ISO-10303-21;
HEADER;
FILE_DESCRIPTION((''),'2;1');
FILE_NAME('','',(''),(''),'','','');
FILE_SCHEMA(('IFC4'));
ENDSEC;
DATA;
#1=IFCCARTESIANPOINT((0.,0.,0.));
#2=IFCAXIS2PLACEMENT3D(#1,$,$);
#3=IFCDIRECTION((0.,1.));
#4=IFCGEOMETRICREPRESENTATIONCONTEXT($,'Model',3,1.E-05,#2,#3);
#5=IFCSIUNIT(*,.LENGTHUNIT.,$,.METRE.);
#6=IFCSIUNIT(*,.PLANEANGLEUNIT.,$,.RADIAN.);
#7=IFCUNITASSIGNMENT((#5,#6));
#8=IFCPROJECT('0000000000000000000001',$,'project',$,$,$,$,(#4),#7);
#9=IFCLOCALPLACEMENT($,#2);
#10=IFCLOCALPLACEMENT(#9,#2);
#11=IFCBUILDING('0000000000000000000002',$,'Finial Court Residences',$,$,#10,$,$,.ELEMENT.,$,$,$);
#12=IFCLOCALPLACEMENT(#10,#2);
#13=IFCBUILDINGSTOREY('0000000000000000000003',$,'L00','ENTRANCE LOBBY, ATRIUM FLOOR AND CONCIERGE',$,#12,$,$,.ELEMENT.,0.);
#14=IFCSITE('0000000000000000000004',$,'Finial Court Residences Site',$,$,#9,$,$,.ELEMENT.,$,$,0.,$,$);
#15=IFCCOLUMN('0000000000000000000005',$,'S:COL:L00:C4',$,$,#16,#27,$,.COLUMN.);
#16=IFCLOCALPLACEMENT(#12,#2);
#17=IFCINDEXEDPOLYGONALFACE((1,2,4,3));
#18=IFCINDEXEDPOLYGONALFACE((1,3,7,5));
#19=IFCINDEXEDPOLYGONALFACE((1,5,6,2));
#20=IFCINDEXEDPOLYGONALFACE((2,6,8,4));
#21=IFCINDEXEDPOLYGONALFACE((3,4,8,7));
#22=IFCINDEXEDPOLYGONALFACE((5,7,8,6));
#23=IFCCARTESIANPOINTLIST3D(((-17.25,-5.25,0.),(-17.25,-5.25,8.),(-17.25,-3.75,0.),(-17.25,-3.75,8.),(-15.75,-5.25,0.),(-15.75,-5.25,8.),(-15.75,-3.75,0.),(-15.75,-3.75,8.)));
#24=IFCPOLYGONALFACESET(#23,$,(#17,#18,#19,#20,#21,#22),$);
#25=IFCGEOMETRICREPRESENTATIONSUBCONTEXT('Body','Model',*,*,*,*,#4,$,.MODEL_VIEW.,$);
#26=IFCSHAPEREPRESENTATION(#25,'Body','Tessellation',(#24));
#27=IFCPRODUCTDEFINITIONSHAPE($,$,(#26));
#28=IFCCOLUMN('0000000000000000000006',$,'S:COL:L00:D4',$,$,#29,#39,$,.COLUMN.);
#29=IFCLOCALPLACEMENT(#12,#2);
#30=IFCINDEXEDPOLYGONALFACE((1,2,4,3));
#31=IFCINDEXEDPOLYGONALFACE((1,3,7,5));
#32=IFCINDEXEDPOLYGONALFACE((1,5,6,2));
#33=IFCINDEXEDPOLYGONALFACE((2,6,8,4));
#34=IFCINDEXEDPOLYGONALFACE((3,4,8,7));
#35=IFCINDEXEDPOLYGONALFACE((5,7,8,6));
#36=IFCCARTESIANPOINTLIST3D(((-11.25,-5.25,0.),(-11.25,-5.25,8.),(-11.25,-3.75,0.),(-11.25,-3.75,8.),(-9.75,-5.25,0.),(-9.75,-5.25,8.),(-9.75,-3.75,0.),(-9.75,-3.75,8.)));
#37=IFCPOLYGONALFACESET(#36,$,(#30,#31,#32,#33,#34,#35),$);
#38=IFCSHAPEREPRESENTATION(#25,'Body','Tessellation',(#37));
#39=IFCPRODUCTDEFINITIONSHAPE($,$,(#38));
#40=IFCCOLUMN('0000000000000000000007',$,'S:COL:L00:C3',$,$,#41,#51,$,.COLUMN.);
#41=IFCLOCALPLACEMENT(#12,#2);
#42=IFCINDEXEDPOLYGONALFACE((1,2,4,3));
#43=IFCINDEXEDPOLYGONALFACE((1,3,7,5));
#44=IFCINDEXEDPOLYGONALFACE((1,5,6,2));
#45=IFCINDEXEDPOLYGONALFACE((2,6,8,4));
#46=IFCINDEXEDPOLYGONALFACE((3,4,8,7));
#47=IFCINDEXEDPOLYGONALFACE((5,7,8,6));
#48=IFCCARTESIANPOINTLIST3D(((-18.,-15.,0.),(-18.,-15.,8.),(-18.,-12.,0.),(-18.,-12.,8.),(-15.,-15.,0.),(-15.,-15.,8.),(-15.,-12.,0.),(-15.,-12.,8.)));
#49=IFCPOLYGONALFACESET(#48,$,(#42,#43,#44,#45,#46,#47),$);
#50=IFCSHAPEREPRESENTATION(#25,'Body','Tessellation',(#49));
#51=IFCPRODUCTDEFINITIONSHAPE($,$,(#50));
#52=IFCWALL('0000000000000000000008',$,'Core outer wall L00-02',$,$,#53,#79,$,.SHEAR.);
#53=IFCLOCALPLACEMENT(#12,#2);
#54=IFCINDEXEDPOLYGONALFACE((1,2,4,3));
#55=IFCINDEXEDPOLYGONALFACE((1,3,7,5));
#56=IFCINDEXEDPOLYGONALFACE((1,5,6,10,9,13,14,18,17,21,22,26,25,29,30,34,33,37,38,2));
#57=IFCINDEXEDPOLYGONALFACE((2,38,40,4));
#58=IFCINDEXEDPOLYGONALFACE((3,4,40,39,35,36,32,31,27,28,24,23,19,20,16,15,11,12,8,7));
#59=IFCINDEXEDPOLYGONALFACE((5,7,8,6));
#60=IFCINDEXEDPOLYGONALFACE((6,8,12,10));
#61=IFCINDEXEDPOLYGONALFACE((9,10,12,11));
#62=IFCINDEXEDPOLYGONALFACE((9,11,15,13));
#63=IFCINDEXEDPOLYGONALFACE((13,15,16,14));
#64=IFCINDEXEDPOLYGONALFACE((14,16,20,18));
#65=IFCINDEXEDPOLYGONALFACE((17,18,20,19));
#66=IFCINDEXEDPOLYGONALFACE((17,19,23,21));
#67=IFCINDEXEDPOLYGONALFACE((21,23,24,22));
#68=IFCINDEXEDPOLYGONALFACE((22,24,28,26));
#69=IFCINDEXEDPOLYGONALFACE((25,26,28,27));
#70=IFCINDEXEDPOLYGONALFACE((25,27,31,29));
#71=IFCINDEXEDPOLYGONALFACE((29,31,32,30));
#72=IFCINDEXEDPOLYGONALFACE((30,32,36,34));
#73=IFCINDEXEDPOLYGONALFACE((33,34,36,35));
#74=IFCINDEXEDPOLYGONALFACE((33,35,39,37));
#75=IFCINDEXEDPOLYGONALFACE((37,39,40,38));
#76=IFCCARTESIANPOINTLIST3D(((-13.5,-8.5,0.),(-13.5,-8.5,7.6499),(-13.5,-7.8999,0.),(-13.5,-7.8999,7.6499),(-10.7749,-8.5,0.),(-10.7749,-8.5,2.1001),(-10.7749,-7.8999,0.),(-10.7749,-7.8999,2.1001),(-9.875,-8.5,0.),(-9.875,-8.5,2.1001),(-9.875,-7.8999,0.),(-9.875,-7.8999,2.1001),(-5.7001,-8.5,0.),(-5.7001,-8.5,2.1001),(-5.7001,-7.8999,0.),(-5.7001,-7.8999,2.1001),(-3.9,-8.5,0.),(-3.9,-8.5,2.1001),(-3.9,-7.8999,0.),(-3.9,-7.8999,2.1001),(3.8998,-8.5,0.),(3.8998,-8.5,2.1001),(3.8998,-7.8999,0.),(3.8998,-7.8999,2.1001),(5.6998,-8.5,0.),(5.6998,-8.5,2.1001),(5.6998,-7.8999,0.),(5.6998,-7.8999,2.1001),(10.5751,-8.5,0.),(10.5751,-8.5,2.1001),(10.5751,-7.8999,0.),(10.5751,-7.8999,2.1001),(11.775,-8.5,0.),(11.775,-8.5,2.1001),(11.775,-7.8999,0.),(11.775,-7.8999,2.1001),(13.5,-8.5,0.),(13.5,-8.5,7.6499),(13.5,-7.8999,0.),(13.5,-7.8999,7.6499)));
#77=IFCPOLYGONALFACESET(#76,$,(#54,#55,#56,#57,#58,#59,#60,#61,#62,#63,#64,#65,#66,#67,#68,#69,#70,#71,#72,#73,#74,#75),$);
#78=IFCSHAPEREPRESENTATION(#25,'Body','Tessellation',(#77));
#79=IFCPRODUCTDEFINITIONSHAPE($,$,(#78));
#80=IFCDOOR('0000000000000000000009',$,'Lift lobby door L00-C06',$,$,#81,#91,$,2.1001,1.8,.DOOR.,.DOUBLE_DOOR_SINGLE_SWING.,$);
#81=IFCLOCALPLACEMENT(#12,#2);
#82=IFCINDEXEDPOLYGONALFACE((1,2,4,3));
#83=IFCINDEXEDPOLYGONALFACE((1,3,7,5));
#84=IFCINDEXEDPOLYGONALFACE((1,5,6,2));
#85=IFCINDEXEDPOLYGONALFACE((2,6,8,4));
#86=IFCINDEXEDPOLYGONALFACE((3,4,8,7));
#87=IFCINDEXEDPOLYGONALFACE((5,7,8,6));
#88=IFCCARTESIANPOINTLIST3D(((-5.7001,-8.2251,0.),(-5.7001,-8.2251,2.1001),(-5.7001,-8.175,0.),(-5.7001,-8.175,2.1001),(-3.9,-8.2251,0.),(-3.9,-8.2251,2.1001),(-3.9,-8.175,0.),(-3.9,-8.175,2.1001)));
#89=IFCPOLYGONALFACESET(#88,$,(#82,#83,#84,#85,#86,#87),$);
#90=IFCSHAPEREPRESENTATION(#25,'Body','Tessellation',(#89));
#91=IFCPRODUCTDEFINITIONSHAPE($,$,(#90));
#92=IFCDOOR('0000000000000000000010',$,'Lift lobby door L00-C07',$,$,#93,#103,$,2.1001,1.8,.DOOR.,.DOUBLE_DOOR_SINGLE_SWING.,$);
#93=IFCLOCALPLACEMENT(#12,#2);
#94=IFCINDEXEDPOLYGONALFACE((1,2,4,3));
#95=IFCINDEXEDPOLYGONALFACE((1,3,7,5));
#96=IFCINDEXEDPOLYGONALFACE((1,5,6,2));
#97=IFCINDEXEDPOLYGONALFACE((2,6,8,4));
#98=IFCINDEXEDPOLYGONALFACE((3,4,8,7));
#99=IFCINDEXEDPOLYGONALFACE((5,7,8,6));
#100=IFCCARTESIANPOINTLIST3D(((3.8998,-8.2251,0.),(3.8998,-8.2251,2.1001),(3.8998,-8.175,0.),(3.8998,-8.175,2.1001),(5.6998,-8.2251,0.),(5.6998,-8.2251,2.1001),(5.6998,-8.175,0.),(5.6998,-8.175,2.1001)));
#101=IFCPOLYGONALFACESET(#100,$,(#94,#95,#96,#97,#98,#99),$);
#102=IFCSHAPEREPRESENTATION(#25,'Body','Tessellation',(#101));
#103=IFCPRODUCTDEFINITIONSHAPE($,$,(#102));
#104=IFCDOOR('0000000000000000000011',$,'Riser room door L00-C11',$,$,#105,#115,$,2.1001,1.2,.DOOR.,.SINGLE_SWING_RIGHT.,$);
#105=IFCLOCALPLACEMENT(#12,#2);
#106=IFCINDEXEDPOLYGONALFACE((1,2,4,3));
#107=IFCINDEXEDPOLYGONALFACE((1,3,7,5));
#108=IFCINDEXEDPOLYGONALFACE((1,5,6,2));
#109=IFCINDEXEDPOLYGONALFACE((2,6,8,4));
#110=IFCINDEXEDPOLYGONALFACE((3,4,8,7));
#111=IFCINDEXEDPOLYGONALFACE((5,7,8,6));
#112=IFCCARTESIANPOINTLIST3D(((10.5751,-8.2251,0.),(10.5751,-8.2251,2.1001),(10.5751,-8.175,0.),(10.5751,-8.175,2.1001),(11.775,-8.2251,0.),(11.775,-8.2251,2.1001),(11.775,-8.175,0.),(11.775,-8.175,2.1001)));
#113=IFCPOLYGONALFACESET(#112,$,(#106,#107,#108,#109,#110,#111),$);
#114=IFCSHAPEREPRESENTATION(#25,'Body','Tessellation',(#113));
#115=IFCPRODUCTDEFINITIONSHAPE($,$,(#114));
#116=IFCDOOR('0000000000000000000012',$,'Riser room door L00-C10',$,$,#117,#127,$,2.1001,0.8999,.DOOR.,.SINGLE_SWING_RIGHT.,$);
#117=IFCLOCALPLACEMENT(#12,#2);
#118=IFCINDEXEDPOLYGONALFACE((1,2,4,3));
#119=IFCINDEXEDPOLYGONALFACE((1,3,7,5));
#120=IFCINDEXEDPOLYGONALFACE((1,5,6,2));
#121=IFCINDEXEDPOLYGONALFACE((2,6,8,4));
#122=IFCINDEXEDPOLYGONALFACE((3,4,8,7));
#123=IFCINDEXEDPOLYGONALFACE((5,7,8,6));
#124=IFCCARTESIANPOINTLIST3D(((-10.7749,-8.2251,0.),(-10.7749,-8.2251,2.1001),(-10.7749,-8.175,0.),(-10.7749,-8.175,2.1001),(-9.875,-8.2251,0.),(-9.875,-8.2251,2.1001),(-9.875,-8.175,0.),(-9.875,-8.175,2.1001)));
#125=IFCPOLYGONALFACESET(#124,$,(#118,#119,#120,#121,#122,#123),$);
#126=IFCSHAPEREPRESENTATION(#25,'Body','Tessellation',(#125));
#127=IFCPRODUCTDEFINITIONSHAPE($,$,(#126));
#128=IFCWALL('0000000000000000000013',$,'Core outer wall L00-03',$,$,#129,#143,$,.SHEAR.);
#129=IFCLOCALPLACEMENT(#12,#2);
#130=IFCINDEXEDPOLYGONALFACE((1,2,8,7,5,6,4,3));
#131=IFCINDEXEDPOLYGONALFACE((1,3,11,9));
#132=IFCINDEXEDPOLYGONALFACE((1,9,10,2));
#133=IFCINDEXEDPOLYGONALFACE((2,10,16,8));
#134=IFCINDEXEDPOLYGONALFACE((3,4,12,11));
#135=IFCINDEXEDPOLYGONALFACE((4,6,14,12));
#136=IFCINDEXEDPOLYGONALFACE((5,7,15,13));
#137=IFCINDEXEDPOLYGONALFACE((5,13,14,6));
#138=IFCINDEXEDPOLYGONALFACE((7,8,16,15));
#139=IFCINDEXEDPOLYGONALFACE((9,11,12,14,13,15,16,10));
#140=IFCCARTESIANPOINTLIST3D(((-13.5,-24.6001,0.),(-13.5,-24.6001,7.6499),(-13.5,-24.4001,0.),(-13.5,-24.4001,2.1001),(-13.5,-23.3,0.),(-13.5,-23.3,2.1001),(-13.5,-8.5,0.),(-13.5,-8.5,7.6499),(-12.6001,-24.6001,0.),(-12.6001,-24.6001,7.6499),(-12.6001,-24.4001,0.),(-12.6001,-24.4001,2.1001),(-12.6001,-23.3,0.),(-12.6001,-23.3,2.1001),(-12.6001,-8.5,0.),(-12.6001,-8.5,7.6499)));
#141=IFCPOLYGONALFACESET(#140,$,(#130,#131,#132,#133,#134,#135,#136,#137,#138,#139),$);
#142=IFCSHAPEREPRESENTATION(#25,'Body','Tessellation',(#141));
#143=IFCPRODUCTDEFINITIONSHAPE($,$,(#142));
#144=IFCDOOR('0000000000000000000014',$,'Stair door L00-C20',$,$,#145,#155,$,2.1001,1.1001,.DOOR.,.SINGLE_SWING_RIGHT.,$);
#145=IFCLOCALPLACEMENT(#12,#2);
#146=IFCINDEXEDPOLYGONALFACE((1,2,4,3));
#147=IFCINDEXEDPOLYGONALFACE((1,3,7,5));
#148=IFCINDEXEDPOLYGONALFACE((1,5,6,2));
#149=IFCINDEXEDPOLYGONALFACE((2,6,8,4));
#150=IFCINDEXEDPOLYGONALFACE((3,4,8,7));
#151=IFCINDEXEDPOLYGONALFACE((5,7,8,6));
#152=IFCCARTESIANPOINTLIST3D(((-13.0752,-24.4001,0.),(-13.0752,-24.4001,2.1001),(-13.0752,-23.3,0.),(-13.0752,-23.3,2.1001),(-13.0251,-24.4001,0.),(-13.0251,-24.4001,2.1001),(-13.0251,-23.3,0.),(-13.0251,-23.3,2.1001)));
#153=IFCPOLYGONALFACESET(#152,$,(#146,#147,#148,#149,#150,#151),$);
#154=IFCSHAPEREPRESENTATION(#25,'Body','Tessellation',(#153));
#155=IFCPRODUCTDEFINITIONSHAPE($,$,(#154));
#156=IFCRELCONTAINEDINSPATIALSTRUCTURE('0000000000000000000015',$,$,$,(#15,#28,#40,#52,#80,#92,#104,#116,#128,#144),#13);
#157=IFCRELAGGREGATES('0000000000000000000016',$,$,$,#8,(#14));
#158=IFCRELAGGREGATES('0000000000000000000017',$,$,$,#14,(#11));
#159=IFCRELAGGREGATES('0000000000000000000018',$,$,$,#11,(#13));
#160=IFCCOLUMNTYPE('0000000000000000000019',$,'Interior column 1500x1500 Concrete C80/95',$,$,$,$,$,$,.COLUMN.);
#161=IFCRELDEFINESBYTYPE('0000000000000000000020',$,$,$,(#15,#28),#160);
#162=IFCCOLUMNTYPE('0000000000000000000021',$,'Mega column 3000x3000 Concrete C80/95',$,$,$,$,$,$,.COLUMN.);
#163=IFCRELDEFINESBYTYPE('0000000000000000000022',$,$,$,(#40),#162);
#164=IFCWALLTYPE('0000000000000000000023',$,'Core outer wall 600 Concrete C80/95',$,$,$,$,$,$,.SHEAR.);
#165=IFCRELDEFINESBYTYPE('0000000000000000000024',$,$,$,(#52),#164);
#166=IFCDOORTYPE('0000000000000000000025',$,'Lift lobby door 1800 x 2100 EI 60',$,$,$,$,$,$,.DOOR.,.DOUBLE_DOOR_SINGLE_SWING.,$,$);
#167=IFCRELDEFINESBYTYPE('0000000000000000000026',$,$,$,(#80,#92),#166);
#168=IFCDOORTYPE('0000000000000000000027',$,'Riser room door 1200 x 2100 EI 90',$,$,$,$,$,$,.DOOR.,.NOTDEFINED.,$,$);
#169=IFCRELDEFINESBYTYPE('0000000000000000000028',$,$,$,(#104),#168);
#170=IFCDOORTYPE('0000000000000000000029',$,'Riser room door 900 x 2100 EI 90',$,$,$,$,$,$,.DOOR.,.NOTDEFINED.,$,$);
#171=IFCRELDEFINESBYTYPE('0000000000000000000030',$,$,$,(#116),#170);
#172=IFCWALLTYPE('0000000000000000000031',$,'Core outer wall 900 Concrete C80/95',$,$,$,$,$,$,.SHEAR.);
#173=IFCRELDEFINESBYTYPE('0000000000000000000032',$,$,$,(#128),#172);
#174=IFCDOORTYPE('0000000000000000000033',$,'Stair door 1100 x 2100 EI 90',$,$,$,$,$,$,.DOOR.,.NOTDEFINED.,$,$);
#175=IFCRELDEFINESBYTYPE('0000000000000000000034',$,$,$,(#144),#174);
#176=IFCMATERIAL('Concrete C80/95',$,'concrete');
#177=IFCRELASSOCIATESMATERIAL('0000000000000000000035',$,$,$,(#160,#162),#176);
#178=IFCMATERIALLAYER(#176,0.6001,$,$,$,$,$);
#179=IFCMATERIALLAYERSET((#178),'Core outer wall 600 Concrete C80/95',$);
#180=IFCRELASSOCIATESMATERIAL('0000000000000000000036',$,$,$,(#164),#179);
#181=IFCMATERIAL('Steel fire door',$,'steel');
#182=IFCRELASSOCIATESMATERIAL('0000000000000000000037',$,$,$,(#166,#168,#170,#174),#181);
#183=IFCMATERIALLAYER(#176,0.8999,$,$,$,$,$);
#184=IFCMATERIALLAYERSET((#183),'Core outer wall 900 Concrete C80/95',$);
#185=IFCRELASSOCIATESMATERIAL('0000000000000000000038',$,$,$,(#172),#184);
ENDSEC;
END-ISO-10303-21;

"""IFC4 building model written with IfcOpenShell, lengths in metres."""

from ifc_helpers import new_model, si_unit, direction, frame, frame_2d, origin, origin_2d, place, context, subcontext, project, spatial, rectangle, extrude, material, layer, layer_set, material_profile, profile_set, type_object, element, fill, save


model = new_model("IFC4")

# Units and contexts
model_context = context("Model", 3, precision=1e-05, world=origin(), true_north=direction((0.0, 1.0)))
body_context = subcontext(model_context, "Body", "Model", "MODEL_VIEW")
ifc_project = project(units=[si_unit("LENGTHUNIT", "METRE"), si_unit("PLANEANGLEUNIT", "RADIAN")], contexts=[model_context])

# Site, building, storey
site_placement = place(None, origin())
site = spatial("IfcSite", under=ifc_project, at=site_placement, Name="Finial Court Residences Site", CompositionType="ELEMENT", RefElevation=0.0)
building_placement = place(site_placement, origin())
building = spatial("IfcBuilding", under=site, at=building_placement, Name="Finial Court Residences", CompositionType="ELEMENT")
storey_placement = place(building_placement, origin())
storey = spatial("IfcBuildingStorey", under=building, at=storey_placement, Name="L00", Description="ENTRANCE LOBBY, ATRIUM FLOOR AND CONCIERGE", CompositionType="ELEMENT", Elevation=0.0)

# Columns
ifc_material_1 = material(Name="Concrete C80/95", Category="concrete")
ifc_material_profile_1 = material_profile(ifc_material_1, rectangle(XDim=1.5, YDim=1.5, at=origin_2d()), Name="1500x1500")
ifc_profile_set_1 = profile_set([ifc_material_profile_1], Name="Concrete C80/95")
column_type_1 = type_object("IfcColumnType", Name="Interior column 1500x1500 Concrete C80/95", PredefinedType="COLUMN", material=ifc_profile_set_1)
for number, where, z_axis, x_axis, name in (
    (1, (-16.5, -4.5, 0.0), (0.0, 0.0, 1.0), (1.0, 0.0, 0.0), "S:COL:L00:C4"),
    (2, (-10.5, -4.5, 0.0), (0.0, 0.0, 1.0), (1.0, 0.0, 0.0), "S:COL:L00:D4"),
):
    element("IfcColumn", number, at=place(storey_placement, frame(where, z_axis=z_axis, x_axis=x_axis)), inside=storey, type_object=column_type_1, Name=name, PredefinedType="COLUMN", context=body_context, shape_type="SweptSolid", body=[
        extrude(rectangle(XDim=1.5, YDim=1.5, at=origin_2d()), origin(), (0.0, 0.0, 1.0), 8.0),
    ])
ifc_material_profile_2 = material_profile(ifc_material_1, rectangle(XDim=3.0, YDim=3.0, at=origin_2d()), Name="3000x3000")
ifc_profile_set_2 = profile_set([ifc_material_profile_2], Name="Concrete C80/95")
column_type_2 = type_object("IfcColumnType", Name="Mega column 3000x3000 Concrete C80/95", PredefinedType="COLUMN", material=ifc_profile_set_2)
column_placement = place(storey_placement, frame((-16.5, -13.5, 0.0), z_axis=(0.0, 0.0, 1.0), x_axis=(1.0, 0.0, 0.0)))
element("IfcColumn", 3, at=column_placement, inside=storey, type_object=column_type_2, Name="S:COL:L00:C3", PredefinedType="COLUMN", context=body_context, shape_type="SweptSolid", body=[
    extrude(rectangle(XDim=3.0, YDim=3.0, at=origin_2d()), origin(), (0.0, 0.0, 1.0), 8.0),
])

# Wall, openings, doors
ifc_layer_1 = layer(ifc_material_1, 0.6001)
ifc_layer_set_1 = layer_set([ifc_layer_1], Name="Core outer wall 600 Concrete C80/95")
wall_type_1 = type_object("IfcWallType", Name="Core outer wall 600 Concrete C80/95", PredefinedType="SHEAR", material=ifc_layer_set_1)
wall_1_placement = place(storey_placement, frame((-13.5, -8.2, 0.0), z_axis=(0.0, 0.0, 1.0), x_axis=(1.0, 0.0, 0.0)))
wall_1 = element("IfcWall", 4, at=wall_1_placement, inside=storey, type_object=wall_type_1, Name="Core outer wall L00-02", PredefinedType="SHEAR", context=body_context, shape_type="SweptSolid", body=[
    extrude(rectangle(XDim=27.0, YDim=0.6001, at=frame_2d((13.5, 0.0))), origin(), (0.0, 0.0, 1.0), 7.6499),
])
opening_1_placement = place(wall_1_placement, frame((7.8, 0.0, 0.0)))
opening_1 = element("IfcOpeningElement", 5, at=opening_1_placement, cuts=wall_1, PredefinedType="OPENING", context=body_context, shape_type="SweptSolid", body=[
    extrude(rectangle(XDim=1.8, YDim=2.1001, at=frame_2d((0.8999, 1.05))), frame((0.0, 0.3101, 0.0), z_axis=(0.0, -1.0, 0.0), x_axis=(1.0, 0.0, 0.0)), (0.0, 0.0, 1.0), 0.6201),
])
opening_2_placement = place(wall_1_placement, frame((17.3999, 0.0, 0.0)))
opening_2 = element("IfcOpeningElement", 6, at=opening_2_placement, cuts=wall_1, PredefinedType="OPENING", context=body_context, shape_type="SweptSolid", body=[
    extrude(rectangle(XDim=1.8, YDim=2.1001, at=frame_2d((0.8999, 1.05))), frame((0.0, 0.3101, 0.0), z_axis=(0.0, -1.0, 0.0), x_axis=(1.0, 0.0, 0.0)), (0.0, 0.0, 1.0), 0.6201),
])
opening_3_placement = place(wall_1_placement, frame((2.7251, 0.0, 0.0)))
opening_3 = element("IfcOpeningElement", 7, at=opening_3_placement, cuts=wall_1, PredefinedType="OPENING", context=body_context, shape_type="SweptSolid", body=[
    extrude(rectangle(XDim=0.8999, YDim=2.1001, at=frame_2d((0.45, 1.05))), frame((0.0, 0.3101, 0.0), z_axis=(0.0, -1.0, 0.0), x_axis=(1.0, 0.0, 0.0)), (0.0, 0.0, 1.0), 0.6201),
])
opening_4_placement = place(wall_1_placement, frame((24.075, 0.0, 0.0)))
opening_4 = element("IfcOpeningElement", 8, at=opening_4_placement, cuts=wall_1, PredefinedType="OPENING", context=body_context, shape_type="SweptSolid", body=[
    extrude(rectangle(XDim=1.2, YDim=2.1001, at=frame_2d((0.6001, 1.05))), frame((0.0, 0.3101, 0.0), z_axis=(0.0, -1.0, 0.0), x_axis=(1.0, 0.0, 0.0)), (0.0, 0.0, 1.0), 0.6201),
])
ifc_material_2 = material(Name="Steel fire door", Category="steel")
door_type_1 = type_object("IfcDoorType", Name="Lift lobby door 1800 x 2100 EI 60", OperationType="DOUBLE_DOOR_SINGLE_SWING", PredefinedType="DOOR", material=ifc_material_2)
door_1_placement = place(opening_1_placement, origin())
door_1 = element("IfcDoor", 9, at=door_1_placement, inside=storey, type_object=door_type_1, Name="Lift lobby door L00-C06", OperationType="DOUBLE_DOOR_SINGLE_SWING", OverallHeight=2.1001, OverallWidth=1.8, PredefinedType="DOOR", context=body_context, shape_type="SweptSolid", body=[
    extrude(rectangle(XDim=1.8, YDim=2.1001, at=frame_2d((0.8999, 1.05))), frame((0.0, 0.0249, 0.0), z_axis=(0.0, -1.0, 0.0), x_axis=(1.0, 0.0, 0.0)), (0.0, 0.0, 1.0), 0.05),
])
fill(opening_1, door_1)
door_2_placement = place(opening_2_placement, origin())
door_2 = element("IfcDoor", 10, at=door_2_placement, inside=storey, type_object=door_type_1, Name="Lift lobby door L00-C07", OperationType="DOUBLE_DOOR_SINGLE_SWING", OverallHeight=2.1001, OverallWidth=1.8, PredefinedType="DOOR", context=body_context, shape_type="SweptSolid", body=[
    extrude(rectangle(XDim=1.8, YDim=2.1001, at=frame_2d((0.8999, 1.05))), frame((0.0, 0.0249, 0.0), z_axis=(0.0, -1.0, 0.0), x_axis=(1.0, 0.0, 0.0)), (0.0, 0.0, 1.0), 0.05),
])
fill(opening_2, door_2)
door_type_2 = type_object("IfcDoorType", Name="Riser room door 1200 x 2100 EI 90", OperationType="NOTDEFINED", PredefinedType="DOOR", material=ifc_material_2)
door_3_placement = place(opening_4_placement, origin())
door_3 = element("IfcDoor", 11, at=door_3_placement, inside=storey, type_object=door_type_2, Name="Riser room door L00-C11", OperationType="SINGLE_SWING_RIGHT", OverallHeight=2.1001, OverallWidth=1.2, PredefinedType="DOOR", context=body_context, shape_type="SweptSolid", body=[
    extrude(rectangle(XDim=1.2, YDim=2.1001, at=frame_2d((0.6001, 1.05))), frame((0.0, 0.0249, 0.0), z_axis=(0.0, -1.0, 0.0), x_axis=(1.0, 0.0, 0.0)), (0.0, 0.0, 1.0), 0.05),
])
fill(opening_4, door_3)
door_type_3 = type_object("IfcDoorType", Name="Riser room door 900 x 2100 EI 90", OperationType="NOTDEFINED", PredefinedType="DOOR", material=ifc_material_2)
door_4_placement = place(opening_3_placement, origin())
door_4 = element("IfcDoor", 12, at=door_4_placement, inside=storey, type_object=door_type_3, Name="Riser room door L00-C10", OperationType="SINGLE_SWING_RIGHT", OverallHeight=2.1001, OverallWidth=0.8999, PredefinedType="DOOR", context=body_context, shape_type="SweptSolid", body=[
    extrude(rectangle(XDim=0.8999, YDim=2.1001, at=frame_2d((0.45, 1.05))), frame((0.0, 0.0249, 0.0), z_axis=(0.0, -1.0, 0.0), x_axis=(1.0, 0.0, 0.0)), (0.0, 0.0, 1.0), 0.05),
])
fill(opening_3, door_4)

# Wall, opening, door
ifc_layer_2 = layer(ifc_material_1, 0.8999)
ifc_layer_set_2 = layer_set([ifc_layer_2], Name="Core outer wall 900 Concrete C80/95")
wall_type_2 = type_object("IfcWallType", Name="Core outer wall 900 Concrete C80/95", PredefinedType="SHEAR", material=ifc_layer_set_2)
wall_2_placement = place(storey_placement, frame((-13.05, -8.5, 0.0), z_axis=(0.0, 0.0, 1.0), x_axis=(0.0, -1.0, 0.0)))
wall_2 = element("IfcWall", 13, at=wall_2_placement, inside=storey, type_object=wall_type_2, Name="Core outer wall L00-03", PredefinedType="SHEAR", context=body_context, shape_type="SweptSolid", body=[
    extrude(rectangle(XDim=16.1001, YDim=0.8999, at=frame_2d((8.05, 0.0))), origin(), (0.0, 0.0, 1.0), 7.6499),
])
opening_5_placement = place(wall_2_placement, frame((14.8, 0.0, 0.0)))
opening_5 = element("IfcOpeningElement", 14, at=opening_5_placement, cuts=wall_2, PredefinedType="OPENING", context=body_context, shape_type="SweptSolid", body=[
    extrude(rectangle(XDim=1.1001, YDim=2.1001, at=frame_2d((0.55, 1.05))), frame((0.0, 0.46, 0.0), z_axis=(0.0, -1.0, 0.0), x_axis=(1.0, 0.0, 0.0)), (0.0, 0.0, 1.0), 0.9199),
])
door_type_4 = type_object("IfcDoorType", Name="Stair door 1100 x 2100 EI 90", OperationType="NOTDEFINED", PredefinedType="DOOR", material=ifc_material_2)
door_5_placement = place(opening_5_placement, origin())
door_5 = element("IfcDoor", 15, at=door_5_placement, inside=storey, type_object=door_type_4, Name="Stair door L00-C20", OperationType="SINGLE_SWING_RIGHT", OverallHeight=2.1001, OverallWidth=1.1001, PredefinedType="DOOR", context=body_context, shape_type="SweptSolid", body=[
    extrude(rectangle(XDim=1.1001, YDim=2.1001, at=frame_2d((0.55, 1.05))), frame((0.0, 0.0249, 0.0), z_axis=(0.0, -1.0, 0.0), x_axis=(1.0, 0.0, 0.0)), (0.0, 0.0, 1.0), 0.05),
])
fill(opening_5, door_5)

save(model, "model.ifc")
